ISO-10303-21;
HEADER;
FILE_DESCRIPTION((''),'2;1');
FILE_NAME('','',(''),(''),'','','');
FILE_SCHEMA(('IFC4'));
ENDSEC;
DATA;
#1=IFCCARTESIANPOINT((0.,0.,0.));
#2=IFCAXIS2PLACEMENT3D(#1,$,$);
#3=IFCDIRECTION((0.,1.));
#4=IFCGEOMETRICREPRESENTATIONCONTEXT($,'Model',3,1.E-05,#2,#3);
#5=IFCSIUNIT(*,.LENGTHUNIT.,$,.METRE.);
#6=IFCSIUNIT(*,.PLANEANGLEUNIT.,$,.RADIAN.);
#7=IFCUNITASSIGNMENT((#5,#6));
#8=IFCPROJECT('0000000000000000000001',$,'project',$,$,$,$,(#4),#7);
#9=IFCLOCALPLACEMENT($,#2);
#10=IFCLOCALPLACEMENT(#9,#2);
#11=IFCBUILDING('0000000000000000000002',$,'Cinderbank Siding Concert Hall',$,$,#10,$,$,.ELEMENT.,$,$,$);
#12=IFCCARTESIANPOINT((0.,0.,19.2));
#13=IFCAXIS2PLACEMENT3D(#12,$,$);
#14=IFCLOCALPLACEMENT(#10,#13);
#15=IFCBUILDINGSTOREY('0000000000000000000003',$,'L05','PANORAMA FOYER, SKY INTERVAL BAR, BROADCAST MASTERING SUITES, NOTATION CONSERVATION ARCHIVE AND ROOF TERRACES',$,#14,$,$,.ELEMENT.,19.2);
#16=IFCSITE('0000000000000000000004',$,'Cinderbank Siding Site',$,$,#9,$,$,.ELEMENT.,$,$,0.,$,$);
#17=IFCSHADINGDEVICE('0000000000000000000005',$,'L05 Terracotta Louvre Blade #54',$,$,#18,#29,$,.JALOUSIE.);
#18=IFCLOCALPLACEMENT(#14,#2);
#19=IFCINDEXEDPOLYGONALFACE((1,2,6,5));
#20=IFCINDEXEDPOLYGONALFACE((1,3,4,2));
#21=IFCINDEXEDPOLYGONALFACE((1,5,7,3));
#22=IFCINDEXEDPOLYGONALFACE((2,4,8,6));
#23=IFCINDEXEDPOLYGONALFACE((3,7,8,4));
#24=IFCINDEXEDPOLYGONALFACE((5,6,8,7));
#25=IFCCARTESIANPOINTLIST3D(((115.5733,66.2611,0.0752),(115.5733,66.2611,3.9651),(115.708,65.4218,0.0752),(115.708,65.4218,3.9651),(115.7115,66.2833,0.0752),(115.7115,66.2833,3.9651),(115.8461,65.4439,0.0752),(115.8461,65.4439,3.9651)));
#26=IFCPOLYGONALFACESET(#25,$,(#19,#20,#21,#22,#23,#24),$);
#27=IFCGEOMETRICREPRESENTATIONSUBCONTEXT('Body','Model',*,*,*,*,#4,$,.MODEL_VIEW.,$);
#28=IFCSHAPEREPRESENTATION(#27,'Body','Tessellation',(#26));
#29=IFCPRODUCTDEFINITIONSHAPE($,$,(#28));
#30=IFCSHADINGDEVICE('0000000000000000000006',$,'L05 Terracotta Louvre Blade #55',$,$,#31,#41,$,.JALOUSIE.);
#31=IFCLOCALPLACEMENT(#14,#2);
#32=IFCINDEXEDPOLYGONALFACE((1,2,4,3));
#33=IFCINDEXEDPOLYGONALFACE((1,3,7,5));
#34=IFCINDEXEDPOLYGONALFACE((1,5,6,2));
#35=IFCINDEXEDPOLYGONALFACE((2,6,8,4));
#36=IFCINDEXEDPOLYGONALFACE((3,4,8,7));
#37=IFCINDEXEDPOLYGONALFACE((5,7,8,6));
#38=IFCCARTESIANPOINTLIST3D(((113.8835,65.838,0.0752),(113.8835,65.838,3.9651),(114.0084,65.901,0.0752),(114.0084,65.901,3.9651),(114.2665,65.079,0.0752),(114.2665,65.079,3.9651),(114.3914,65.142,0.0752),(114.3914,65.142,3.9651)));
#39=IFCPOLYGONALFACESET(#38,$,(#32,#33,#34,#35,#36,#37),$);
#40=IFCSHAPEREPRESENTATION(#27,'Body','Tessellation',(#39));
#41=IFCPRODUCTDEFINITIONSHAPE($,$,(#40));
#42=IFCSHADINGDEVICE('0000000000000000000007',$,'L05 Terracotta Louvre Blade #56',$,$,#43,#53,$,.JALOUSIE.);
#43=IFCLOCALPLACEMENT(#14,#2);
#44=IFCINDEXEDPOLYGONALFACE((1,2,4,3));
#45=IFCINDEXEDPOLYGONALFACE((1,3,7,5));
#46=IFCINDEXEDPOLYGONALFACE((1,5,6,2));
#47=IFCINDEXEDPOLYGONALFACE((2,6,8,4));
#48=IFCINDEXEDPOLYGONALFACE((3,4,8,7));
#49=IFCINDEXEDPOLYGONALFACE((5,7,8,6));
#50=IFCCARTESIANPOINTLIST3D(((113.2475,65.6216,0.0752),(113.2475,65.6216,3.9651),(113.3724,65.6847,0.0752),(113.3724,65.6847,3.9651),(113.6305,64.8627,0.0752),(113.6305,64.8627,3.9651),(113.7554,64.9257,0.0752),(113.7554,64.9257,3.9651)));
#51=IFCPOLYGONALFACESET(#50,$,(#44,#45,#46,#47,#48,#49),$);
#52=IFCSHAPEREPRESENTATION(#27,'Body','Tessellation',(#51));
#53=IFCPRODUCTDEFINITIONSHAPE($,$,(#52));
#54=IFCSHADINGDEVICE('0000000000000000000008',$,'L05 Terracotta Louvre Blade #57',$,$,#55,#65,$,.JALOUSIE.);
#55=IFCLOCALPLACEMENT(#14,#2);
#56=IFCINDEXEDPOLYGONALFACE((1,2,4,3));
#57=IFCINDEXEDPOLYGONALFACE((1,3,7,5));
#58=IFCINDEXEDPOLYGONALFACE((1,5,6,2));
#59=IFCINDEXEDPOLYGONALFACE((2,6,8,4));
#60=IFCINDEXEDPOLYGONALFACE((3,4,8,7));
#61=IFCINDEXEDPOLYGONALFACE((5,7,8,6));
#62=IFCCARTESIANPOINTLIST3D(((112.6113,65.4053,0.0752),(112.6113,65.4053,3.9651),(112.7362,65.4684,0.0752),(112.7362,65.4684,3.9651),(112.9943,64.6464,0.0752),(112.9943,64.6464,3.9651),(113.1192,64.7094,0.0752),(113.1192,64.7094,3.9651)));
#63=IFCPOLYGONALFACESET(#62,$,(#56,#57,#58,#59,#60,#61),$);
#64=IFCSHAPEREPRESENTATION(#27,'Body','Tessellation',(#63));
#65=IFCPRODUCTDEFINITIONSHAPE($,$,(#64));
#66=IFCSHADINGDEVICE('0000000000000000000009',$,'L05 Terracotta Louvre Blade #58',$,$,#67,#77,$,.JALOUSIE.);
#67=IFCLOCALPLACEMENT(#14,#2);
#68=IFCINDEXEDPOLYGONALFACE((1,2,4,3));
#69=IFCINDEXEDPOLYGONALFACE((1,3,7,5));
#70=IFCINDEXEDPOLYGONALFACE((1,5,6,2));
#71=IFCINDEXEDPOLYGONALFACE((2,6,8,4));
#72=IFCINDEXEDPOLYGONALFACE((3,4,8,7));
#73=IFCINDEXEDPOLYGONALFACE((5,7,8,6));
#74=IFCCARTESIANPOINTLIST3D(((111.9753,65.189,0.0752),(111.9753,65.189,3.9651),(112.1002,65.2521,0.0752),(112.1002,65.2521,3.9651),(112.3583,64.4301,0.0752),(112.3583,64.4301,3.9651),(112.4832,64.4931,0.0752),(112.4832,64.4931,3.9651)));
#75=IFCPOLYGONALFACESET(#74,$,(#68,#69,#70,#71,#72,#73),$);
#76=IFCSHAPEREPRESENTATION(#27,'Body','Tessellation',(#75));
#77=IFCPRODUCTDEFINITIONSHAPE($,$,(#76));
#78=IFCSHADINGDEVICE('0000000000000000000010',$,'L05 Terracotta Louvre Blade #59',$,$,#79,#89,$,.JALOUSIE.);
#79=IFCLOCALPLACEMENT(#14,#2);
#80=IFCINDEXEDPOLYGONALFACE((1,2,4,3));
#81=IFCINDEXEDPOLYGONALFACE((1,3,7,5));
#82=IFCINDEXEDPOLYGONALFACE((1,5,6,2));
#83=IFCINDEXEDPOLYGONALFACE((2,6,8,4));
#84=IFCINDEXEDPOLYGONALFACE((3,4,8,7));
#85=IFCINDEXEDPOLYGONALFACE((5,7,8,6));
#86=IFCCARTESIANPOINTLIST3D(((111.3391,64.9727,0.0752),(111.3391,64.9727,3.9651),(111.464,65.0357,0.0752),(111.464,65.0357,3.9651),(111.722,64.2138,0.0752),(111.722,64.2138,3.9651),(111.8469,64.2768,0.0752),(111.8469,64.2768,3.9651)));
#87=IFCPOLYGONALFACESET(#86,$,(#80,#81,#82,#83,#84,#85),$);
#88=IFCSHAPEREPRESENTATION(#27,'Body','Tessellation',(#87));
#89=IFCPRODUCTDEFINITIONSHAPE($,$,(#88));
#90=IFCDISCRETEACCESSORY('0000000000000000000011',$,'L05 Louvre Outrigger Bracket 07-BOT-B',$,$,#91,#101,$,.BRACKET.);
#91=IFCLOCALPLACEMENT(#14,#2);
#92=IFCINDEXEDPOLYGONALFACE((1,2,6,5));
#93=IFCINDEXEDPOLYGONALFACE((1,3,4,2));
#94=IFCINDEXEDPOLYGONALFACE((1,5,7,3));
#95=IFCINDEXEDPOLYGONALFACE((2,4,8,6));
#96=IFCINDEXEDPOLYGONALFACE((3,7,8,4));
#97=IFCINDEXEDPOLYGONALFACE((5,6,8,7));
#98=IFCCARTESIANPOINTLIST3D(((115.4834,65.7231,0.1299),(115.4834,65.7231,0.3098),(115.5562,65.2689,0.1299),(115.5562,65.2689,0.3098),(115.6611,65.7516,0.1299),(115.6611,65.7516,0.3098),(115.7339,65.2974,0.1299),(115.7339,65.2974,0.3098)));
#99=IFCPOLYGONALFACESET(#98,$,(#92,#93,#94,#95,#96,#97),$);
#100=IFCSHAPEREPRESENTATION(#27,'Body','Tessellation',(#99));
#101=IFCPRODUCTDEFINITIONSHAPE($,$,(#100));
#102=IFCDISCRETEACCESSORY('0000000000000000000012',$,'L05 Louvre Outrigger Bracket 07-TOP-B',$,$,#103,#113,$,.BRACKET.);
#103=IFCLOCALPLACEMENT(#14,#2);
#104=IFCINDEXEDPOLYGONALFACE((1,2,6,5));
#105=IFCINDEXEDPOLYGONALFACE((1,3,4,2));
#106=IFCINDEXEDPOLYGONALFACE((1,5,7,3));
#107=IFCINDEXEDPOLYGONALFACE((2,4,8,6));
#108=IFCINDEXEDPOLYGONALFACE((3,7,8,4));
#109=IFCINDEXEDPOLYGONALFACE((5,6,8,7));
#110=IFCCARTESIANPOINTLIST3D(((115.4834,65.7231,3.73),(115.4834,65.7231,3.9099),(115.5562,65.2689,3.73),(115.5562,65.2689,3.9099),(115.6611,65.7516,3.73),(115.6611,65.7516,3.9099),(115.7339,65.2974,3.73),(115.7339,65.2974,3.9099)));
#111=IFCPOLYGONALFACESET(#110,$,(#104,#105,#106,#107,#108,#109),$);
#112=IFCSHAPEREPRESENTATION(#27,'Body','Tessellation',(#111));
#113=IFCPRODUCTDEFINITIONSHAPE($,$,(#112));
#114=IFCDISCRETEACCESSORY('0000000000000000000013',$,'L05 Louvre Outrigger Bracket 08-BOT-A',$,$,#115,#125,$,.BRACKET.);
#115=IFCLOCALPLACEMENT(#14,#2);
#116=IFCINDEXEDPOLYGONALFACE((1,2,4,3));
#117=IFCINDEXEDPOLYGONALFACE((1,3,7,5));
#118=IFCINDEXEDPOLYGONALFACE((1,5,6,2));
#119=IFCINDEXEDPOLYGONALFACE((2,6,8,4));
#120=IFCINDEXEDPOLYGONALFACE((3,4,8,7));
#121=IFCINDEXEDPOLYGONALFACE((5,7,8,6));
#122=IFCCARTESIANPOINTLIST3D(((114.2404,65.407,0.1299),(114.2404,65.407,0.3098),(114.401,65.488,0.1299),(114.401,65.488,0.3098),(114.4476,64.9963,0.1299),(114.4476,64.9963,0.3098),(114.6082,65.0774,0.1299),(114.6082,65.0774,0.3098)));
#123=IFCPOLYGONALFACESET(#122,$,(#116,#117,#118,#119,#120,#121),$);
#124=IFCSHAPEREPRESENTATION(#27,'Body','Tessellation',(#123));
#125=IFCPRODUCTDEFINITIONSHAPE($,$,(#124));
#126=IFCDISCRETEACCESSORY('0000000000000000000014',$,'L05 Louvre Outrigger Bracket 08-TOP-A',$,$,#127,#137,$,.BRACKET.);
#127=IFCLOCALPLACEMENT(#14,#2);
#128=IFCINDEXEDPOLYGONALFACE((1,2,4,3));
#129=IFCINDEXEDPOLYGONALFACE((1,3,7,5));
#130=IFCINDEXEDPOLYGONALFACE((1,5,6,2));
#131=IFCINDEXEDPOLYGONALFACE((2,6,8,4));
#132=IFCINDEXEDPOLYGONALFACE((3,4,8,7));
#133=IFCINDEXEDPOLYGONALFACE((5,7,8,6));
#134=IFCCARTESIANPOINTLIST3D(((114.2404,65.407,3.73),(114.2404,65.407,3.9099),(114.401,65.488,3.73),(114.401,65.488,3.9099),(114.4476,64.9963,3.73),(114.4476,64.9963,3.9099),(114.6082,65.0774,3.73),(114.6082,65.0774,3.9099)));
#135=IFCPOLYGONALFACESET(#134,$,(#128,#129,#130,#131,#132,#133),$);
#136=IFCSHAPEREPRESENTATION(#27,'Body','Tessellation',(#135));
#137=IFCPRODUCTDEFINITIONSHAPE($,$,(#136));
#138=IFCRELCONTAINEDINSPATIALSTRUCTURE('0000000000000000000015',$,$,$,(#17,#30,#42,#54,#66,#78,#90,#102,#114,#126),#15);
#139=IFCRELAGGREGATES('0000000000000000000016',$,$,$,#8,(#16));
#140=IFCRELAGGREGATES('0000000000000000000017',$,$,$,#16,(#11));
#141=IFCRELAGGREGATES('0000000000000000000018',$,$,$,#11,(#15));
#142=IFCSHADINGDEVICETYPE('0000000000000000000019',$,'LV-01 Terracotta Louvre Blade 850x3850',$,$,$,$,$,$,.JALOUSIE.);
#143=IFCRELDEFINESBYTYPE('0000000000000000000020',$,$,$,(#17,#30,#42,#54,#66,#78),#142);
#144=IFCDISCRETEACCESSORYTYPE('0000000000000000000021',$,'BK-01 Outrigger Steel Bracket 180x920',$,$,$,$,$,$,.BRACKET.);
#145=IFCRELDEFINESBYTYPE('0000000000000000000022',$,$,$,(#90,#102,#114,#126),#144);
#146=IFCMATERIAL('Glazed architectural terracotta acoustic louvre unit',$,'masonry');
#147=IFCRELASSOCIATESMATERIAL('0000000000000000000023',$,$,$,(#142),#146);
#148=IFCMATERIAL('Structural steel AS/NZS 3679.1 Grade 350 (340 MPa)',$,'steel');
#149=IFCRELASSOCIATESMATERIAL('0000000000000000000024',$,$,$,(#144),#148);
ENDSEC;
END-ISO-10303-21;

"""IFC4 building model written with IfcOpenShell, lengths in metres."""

from ifc_helpers import new_model, si_unit, direction, frame, origin, origin_2d, place, context, subcontext, project, spatial, rectangle, extrude, material, type_object, element, save


model = new_model("IFC4")

# Units and contexts
model_context = context("Model", 3, precision=1e-05, world=origin(), true_north=direction((0.0, 1.0)))
body_context = subcontext(model_context, "Body", "Model", "MODEL_VIEW")
ifc_project = project(units=[si_unit("LENGTHUNIT", "METRE"), si_unit("PLANEANGLEUNIT", "RADIAN")], contexts=[model_context])

# Site, building, storey
site_placement = place(None, origin())
site = spatial("IfcSite", under=ifc_project, at=site_placement, Name="Cinderbank Siding Site", CompositionType="ELEMENT", RefElevation=0.0)
building_placement = place(site_placement, origin())
building = spatial("IfcBuilding", under=site, at=building_placement, Name="Cinderbank Siding Concert Hall", CompositionType="ELEMENT")
storey_placement = place(building_placement, frame((0.0, 0.0, 19.2)))
storey = spatial("IfcBuildingStorey", under=building, at=storey_placement, Name="L05", Description="PANORAMA FOYER, SKY INTERVAL BAR, BROADCAST MASTERING SUITES, NOTATION CONSERVATION ARCHIVE AND ROOF TERRACES", CompositionType="ELEMENT", Elevation=19.2)

# Shared definitions
ifc_material_1 = material(Name="Structural steel AS/NZS 3679.1 Grade 350 (340 MPa)", Category="steel")

# Shading devices
ifc_material_2 = material(Name="Glazed architectural terracotta acoustic louvre unit", Category="masonry")
shading_device_type = type_object("IfcShadingDeviceType", Name="LV-01 Terracotta Louvre Blade 850x3850", PredefinedType="JALOUSIE", material=ifc_material_2)
for number, where, z_axis, x_axis, name in (
    (1, (115.7097, 65.8525, 0.0752), (0.0, 0.0, 1.0), (-0.158354, 0.987382, 0.0), "L05 Terracotta Louvre Blade #54"),
    (2, (114.1375, 65.49, 0.0752), (0.0, 0.0, 1.0), (-0.450487, 0.892783, 0.0), "L05 Terracotta Louvre Blade #55"),
    (3, (113.5015, 65.2737, 0.0752), (0.0, 0.0, 1.0), (-0.450487, 0.892783, 0.0), "L05 Terracotta Louvre Blade #56"),
    (4, (112.8652, 65.0574, 0.0752), (0.0, 0.0, 1.0), (-0.450487, 0.892783, 0.0), "L05 Terracotta Louvre Blade #57"),
    (5, (112.2292, 64.8411, 0.0752), (0.0, 0.0, 1.0), (-0.450487, 0.892783, 0.0), "L05 Terracotta Louvre Blade #58"),
    (6, (111.593, 64.6248, 0.0752), (0.0, 0.0, 1.0), (-0.450487, 0.892783, 0.0), "L05 Terracotta Louvre Blade #59"),
):
    element("IfcShadingDevice", number, at=place(storey_placement, frame(where, z_axis=z_axis, x_axis=x_axis)), inside=storey, type_object=shading_device_type, Name=name, PredefinedType="JALOUSIE", context=body_context, shape_type="SweptSolid", body=[
        extrude(rectangle(XDim=0.8501, YDim=0.1399, at=origin_2d()), origin(), (0.0, 0.0, 1.0), 3.8899),
    ])

# Discrete accessories
discrete_accessory_type = type_object("IfcDiscreteAccessoryType", Name="BK-01 Outrigger Steel Bracket 180x920", PredefinedType="BRACKET", material=ifc_material_1)
for number, where, z_axis, x_axis, name in (
    (7, (115.6086, 65.5103, 0.1299), (0.0, 0.0, 1.0), (-0.158354, 0.987382, 0.0), "L05 Louvre Outrigger Bracket 07-BOT-B"),
    (8, (115.6086, 65.5103, 3.73), (0.0, 0.0, 1.0), (-0.158354, 0.987382, 0.0), "L05 Louvre Outrigger Bracket 07-TOP-B"),
    (9, (114.4243, 65.2422, 0.1299), (0.0, 0.0, 1.0), (-0.450487, 0.892783, 0.0), "L05 Louvre Outrigger Bracket 08-BOT-A"),
    (10, (114.4243, 65.2422, 3.73), (0.0, 0.0, 1.0), (-0.450487, 0.892783, 0.0), "L05 Louvre Outrigger Bracket 08-TOP-A"),
):
    element("IfcDiscreteAccessory", number, at=place(storey_placement, frame(where, z_axis=z_axis, x_axis=x_axis)), inside=storey, type_object=discrete_accessory_type, Name=name, PredefinedType="BRACKET", context=body_context, shape_type="SweptSolid", body=[
        extrude(rectangle(XDim=0.46, YDim=0.1799, at=origin_2d()), origin(), (0.0, 0.0, 1.0), 0.1799),
    ])

save(model, "model.ifc")
